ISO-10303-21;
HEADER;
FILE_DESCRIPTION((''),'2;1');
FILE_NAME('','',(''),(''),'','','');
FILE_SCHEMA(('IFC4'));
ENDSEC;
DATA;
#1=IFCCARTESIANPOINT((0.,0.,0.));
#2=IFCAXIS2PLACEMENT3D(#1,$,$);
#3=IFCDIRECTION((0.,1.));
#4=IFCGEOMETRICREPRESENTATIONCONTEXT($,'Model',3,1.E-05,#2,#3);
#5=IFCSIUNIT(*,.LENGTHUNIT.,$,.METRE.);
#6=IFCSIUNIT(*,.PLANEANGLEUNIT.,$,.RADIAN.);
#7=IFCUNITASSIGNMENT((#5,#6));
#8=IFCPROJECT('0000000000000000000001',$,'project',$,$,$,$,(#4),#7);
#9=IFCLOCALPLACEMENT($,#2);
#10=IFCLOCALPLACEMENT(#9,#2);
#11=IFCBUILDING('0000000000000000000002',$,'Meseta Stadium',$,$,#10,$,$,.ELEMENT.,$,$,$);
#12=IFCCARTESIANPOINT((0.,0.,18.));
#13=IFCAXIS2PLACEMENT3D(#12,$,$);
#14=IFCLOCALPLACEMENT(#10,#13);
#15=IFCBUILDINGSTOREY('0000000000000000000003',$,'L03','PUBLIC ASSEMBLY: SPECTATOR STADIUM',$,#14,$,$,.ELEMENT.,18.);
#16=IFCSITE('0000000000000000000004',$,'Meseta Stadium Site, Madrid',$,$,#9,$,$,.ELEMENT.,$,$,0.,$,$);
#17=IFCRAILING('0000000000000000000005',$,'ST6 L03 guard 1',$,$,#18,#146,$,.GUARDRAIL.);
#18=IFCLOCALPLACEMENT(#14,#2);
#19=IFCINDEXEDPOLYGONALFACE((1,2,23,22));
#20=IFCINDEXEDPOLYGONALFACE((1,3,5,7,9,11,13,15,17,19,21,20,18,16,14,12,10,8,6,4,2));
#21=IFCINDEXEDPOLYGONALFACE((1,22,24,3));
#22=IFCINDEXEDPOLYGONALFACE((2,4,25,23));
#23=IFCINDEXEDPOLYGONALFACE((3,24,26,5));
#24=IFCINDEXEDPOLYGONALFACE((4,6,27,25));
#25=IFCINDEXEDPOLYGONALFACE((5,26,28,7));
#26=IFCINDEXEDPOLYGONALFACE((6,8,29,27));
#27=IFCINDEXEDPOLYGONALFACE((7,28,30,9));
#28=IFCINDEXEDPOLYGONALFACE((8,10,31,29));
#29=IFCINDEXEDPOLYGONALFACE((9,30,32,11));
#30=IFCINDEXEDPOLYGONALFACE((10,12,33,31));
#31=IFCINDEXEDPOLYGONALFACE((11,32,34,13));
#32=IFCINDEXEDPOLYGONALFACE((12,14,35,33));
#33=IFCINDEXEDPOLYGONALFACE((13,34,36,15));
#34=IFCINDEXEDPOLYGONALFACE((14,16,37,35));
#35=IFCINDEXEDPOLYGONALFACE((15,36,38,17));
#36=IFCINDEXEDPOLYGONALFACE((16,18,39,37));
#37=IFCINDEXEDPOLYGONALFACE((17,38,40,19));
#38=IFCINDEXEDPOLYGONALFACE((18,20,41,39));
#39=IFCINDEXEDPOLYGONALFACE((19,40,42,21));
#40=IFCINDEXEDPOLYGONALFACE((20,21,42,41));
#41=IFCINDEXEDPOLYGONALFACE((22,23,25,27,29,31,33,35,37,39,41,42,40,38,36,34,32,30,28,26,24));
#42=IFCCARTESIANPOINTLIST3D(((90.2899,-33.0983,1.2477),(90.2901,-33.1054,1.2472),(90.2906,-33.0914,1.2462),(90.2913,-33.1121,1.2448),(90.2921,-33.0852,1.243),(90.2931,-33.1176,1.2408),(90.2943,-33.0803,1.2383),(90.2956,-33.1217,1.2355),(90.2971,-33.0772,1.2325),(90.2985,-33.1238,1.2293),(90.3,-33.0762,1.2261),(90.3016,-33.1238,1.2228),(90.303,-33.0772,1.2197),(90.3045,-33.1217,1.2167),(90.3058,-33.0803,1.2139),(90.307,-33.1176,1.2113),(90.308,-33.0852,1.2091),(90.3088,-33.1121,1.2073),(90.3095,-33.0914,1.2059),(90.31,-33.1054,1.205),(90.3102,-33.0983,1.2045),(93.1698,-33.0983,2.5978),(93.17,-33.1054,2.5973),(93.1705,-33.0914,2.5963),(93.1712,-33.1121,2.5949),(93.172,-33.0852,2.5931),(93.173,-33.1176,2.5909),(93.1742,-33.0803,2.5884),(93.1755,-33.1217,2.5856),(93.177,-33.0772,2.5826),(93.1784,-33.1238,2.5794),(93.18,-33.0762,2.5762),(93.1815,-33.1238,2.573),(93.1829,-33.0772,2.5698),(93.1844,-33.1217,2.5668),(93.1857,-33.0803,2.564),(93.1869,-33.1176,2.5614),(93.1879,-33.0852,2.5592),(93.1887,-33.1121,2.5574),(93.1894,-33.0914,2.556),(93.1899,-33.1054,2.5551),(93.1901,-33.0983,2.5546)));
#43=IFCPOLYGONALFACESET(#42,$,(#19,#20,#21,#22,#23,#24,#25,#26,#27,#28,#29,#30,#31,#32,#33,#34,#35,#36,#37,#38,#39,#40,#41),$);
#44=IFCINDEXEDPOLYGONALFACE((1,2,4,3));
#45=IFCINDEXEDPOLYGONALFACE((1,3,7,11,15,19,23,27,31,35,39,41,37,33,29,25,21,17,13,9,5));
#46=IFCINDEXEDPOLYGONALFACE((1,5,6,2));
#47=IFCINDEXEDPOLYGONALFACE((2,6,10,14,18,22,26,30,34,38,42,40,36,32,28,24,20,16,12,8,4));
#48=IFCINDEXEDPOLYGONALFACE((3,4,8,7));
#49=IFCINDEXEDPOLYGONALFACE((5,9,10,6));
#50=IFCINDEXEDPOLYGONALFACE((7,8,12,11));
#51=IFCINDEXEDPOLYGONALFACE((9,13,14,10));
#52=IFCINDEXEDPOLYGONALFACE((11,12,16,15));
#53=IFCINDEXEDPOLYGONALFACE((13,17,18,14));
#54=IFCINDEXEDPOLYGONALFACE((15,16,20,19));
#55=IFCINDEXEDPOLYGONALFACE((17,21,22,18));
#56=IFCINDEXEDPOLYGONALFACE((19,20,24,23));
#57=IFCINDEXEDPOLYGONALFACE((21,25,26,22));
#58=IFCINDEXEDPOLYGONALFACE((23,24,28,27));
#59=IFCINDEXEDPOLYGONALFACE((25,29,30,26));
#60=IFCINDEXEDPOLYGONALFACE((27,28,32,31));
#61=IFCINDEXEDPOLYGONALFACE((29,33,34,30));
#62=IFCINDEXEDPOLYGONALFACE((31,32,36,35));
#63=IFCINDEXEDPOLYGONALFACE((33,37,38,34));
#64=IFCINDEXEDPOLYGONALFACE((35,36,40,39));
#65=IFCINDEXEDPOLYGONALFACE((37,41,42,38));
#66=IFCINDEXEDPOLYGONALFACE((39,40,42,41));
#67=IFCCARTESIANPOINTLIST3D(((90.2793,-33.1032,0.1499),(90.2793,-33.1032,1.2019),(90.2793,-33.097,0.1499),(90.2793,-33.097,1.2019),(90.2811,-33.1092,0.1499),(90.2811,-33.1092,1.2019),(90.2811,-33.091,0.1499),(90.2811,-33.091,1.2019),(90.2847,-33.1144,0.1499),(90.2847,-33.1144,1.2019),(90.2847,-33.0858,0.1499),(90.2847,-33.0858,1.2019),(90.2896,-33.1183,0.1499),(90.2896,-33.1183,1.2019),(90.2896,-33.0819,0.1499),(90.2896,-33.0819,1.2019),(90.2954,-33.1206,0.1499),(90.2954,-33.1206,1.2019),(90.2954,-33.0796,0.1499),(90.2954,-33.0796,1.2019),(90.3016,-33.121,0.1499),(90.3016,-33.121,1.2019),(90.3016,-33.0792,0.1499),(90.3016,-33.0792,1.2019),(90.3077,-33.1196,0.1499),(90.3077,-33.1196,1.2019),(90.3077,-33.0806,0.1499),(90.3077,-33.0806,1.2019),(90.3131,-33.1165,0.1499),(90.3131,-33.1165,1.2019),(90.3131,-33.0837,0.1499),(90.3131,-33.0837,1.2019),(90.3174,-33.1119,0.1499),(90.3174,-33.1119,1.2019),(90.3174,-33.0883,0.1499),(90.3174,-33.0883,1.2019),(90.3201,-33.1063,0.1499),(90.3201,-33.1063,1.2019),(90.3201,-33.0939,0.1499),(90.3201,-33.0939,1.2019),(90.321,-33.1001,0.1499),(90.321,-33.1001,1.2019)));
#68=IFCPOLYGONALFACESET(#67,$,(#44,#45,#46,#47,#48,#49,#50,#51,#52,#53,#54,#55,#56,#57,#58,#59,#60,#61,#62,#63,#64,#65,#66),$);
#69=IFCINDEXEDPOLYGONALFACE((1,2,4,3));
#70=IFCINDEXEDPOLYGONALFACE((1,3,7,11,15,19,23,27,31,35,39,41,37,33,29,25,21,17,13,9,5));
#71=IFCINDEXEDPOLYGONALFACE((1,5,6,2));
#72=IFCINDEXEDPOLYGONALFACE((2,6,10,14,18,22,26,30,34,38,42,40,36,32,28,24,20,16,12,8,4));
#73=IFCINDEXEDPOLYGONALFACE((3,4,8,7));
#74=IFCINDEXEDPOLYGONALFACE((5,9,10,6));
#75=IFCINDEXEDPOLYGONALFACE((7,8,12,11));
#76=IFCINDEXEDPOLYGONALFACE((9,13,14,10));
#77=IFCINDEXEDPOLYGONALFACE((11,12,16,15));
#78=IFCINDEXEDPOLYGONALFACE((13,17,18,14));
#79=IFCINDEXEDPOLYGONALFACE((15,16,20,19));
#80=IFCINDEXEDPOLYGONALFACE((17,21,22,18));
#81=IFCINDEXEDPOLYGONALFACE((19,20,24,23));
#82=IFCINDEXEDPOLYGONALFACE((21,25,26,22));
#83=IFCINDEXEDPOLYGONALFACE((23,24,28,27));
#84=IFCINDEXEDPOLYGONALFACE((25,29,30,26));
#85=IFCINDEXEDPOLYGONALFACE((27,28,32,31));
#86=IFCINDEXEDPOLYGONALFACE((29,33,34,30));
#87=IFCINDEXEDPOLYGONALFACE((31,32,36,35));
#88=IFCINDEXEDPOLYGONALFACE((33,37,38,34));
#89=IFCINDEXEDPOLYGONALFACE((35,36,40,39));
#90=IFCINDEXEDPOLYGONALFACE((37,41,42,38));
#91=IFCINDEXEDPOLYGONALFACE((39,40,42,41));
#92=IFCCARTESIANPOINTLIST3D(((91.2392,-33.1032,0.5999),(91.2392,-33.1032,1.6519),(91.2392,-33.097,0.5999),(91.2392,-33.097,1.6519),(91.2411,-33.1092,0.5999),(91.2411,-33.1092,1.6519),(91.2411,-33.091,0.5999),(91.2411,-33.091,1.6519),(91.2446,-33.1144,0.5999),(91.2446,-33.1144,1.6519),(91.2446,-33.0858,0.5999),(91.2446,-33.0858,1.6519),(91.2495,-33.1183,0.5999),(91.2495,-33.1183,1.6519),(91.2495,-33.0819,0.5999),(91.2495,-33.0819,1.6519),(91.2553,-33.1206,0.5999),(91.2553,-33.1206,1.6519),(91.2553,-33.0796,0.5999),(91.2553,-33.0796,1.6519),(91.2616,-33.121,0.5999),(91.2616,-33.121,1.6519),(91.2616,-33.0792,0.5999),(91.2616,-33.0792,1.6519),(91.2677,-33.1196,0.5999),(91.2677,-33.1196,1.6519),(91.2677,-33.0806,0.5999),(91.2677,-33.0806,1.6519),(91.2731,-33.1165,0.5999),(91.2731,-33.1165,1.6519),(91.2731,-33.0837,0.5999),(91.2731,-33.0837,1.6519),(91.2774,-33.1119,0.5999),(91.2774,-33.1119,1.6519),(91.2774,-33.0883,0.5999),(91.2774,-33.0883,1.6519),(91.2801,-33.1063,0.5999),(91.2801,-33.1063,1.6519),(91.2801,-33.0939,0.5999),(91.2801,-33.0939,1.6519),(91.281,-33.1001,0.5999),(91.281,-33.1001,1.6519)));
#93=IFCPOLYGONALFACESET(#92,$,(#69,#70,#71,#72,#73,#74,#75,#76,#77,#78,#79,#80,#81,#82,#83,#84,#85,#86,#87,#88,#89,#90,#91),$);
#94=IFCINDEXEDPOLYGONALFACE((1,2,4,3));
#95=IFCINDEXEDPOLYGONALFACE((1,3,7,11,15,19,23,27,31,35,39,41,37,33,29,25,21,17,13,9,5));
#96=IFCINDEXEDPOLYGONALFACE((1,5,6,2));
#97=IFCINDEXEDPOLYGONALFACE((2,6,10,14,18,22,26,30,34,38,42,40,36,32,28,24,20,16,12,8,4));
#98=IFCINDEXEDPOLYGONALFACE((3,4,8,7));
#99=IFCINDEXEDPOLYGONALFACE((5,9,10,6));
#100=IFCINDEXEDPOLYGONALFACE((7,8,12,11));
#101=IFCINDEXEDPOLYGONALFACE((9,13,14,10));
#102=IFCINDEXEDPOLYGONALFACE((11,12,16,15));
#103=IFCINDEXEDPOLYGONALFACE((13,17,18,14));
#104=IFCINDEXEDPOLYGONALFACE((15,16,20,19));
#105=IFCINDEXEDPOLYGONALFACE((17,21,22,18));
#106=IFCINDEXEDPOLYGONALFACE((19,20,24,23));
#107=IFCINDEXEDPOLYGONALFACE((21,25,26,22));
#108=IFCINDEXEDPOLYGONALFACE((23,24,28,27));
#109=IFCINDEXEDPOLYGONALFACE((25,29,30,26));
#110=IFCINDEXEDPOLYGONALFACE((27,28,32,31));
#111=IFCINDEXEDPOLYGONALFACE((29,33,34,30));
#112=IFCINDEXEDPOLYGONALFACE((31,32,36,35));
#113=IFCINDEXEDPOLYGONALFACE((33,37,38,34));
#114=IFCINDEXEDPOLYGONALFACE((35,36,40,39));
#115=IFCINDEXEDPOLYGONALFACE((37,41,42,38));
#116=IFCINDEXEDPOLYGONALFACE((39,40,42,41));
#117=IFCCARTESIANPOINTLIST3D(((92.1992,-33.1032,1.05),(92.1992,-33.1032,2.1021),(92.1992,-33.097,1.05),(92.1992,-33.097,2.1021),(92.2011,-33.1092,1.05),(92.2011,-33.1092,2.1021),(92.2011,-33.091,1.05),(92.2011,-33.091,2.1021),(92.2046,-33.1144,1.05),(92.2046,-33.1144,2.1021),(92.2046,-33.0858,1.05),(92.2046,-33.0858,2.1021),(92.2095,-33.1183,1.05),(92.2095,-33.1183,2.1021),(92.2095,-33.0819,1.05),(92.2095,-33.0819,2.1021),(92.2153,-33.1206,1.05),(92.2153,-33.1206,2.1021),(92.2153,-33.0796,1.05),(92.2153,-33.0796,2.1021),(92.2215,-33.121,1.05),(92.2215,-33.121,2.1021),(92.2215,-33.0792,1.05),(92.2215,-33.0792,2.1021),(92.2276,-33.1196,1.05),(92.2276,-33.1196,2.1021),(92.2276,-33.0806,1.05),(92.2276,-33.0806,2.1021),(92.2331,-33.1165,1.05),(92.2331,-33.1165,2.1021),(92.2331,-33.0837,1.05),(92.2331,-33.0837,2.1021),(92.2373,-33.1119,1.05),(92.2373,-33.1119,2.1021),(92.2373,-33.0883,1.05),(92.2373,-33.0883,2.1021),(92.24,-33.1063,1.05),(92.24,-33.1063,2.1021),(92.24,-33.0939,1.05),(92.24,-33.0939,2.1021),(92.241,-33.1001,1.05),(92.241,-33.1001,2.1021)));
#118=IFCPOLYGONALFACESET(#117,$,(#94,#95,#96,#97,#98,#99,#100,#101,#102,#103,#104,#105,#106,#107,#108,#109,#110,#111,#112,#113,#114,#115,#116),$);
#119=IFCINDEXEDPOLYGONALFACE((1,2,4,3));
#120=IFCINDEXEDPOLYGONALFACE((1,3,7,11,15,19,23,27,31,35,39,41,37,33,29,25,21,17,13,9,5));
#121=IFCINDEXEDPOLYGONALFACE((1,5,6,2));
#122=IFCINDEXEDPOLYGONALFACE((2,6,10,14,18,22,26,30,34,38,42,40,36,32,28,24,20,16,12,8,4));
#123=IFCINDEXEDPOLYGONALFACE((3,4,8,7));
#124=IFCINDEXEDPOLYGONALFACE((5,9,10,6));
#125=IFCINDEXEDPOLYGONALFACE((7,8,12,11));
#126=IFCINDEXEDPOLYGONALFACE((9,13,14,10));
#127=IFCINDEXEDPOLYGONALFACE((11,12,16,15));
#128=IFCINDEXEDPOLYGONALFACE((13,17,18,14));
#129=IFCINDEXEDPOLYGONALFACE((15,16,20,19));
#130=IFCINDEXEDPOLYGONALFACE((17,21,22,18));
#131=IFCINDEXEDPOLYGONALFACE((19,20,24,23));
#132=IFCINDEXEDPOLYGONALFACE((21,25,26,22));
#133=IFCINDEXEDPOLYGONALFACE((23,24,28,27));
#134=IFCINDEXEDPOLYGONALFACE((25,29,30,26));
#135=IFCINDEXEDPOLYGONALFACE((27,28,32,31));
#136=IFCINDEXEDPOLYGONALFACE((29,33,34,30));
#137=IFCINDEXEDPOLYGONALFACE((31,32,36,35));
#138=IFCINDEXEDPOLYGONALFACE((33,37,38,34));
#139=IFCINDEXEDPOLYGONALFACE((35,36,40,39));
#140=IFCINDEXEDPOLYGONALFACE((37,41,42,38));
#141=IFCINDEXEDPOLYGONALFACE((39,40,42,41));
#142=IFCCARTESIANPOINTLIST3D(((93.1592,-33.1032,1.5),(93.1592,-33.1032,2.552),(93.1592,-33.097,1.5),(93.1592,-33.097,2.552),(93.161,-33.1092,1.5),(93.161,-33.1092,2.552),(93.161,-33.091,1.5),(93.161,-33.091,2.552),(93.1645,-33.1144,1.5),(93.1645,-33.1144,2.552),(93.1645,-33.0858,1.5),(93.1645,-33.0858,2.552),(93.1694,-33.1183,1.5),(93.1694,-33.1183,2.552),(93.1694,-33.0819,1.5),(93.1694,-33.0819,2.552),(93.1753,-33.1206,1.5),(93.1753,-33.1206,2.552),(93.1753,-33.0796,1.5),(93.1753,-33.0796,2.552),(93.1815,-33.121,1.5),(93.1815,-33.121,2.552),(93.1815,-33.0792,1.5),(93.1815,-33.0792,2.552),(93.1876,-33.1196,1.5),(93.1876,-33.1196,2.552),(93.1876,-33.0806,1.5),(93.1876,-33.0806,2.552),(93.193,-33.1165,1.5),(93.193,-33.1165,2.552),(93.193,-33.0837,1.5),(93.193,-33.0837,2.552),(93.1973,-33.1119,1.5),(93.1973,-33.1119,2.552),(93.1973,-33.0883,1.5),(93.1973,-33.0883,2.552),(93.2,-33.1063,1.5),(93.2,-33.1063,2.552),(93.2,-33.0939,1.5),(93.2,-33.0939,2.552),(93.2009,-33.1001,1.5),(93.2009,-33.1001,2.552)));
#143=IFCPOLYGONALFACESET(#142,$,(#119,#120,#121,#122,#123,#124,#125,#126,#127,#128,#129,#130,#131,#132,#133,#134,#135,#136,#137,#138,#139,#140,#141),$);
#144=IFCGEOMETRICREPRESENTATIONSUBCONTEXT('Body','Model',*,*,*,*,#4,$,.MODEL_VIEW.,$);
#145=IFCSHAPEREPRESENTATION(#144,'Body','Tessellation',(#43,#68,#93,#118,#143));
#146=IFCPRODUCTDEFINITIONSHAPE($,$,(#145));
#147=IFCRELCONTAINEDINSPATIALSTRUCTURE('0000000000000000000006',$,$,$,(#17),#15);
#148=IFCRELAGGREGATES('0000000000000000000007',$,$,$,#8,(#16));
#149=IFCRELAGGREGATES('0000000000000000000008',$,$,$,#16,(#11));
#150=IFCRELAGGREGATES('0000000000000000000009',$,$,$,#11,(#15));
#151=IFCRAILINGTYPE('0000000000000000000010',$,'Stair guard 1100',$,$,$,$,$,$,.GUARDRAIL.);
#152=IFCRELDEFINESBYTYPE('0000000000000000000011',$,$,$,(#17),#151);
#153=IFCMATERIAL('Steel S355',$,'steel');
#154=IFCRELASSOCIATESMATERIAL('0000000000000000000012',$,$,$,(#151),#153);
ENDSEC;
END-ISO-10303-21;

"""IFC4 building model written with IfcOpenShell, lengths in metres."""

from ifc_helpers import new_model, si_unit, direction, frame, origin, origin_2d, place, context, subcontext, project, spatial, circle, extrude, material, type_object, element, save


model = new_model("IFC4")

# Units and contexts
model_context = context("Model", 3, precision=1e-05, world=origin(), true_north=direction((0.0, 1.0)))
body_context = subcontext(model_context, "Body", "Model", "MODEL_VIEW")
ifc_project = project(units=[si_unit("LENGTHUNIT", "METRE"), si_unit("PLANEANGLEUNIT", "RADIAN")], contexts=[model_context])

# Site, building, storey
site_placement = place(None, origin())
site = spatial("IfcSite", under=ifc_project, at=site_placement, Name="Meseta Stadium Site, Madrid", CompositionType="ELEMENT", RefElevation=0.0)
building_placement = place(site_placement, origin())
building = spatial("IfcBuilding", under=site, at=building_placement, Name="Meseta Stadium", CompositionType="ELEMENT")
storey_placement = place(building_placement, frame((0.0, 0.0, 18.0)))
storey = spatial("IfcBuildingStorey", under=building, at=storey_placement, Name="L03", Description="PUBLIC ASSEMBLY: SPECTATOR STADIUM", CompositionType="ELEMENT", Elevation=18.0)

# Railing
ifc_material_1 = material(Name="Steel S355", Category="steel")
railing_type_1 = type_object("IfcRailingType", Name="Stair guard 1100", PredefinedType="GUARDRAIL", material=ifc_material_1)
railing_1_placement = place(storey_placement, frame((90.3, -33.1001, 0.1499)))
element("IfcRailing", 1, at=railing_1_placement, inside=storey, type_object=railing_type_1, Name="ST6 L03 guard 1", PredefinedType="GUARDRAIL", context=body_context, shape_type="SweptSolid", body=[
    extrude(circle(Radius=0.0239, at=origin_2d()), frame((0.0, 0.0, 1.0762), z_axis=(0.90544, 0.0, 0.424473), x_axis=(0.0, 1.0, 0.0)), (0.0, 0.0, 1.0), 3.1807),
    extrude(circle(Radius=0.021, at=origin_2d()), origin(), (0.0, 0.0, 1.0), 1.052),
    extrude(circle(Radius=0.021, at=origin_2d()), frame((0.96, 0.0, 0.45)), (0.0, 0.0, 1.0), 1.052),
    extrude(circle(Radius=0.021, at=origin_2d()), frame((1.9199, 0.0, 0.9001)), (0.0, 0.0, 1.0), 1.052),
    extrude(circle(Radius=0.021, at=origin_2d()), frame((2.8799, 0.0, 1.3501)), (0.0, 0.0, 1.0), 1.052),
])

save(model, "model.ifc")
